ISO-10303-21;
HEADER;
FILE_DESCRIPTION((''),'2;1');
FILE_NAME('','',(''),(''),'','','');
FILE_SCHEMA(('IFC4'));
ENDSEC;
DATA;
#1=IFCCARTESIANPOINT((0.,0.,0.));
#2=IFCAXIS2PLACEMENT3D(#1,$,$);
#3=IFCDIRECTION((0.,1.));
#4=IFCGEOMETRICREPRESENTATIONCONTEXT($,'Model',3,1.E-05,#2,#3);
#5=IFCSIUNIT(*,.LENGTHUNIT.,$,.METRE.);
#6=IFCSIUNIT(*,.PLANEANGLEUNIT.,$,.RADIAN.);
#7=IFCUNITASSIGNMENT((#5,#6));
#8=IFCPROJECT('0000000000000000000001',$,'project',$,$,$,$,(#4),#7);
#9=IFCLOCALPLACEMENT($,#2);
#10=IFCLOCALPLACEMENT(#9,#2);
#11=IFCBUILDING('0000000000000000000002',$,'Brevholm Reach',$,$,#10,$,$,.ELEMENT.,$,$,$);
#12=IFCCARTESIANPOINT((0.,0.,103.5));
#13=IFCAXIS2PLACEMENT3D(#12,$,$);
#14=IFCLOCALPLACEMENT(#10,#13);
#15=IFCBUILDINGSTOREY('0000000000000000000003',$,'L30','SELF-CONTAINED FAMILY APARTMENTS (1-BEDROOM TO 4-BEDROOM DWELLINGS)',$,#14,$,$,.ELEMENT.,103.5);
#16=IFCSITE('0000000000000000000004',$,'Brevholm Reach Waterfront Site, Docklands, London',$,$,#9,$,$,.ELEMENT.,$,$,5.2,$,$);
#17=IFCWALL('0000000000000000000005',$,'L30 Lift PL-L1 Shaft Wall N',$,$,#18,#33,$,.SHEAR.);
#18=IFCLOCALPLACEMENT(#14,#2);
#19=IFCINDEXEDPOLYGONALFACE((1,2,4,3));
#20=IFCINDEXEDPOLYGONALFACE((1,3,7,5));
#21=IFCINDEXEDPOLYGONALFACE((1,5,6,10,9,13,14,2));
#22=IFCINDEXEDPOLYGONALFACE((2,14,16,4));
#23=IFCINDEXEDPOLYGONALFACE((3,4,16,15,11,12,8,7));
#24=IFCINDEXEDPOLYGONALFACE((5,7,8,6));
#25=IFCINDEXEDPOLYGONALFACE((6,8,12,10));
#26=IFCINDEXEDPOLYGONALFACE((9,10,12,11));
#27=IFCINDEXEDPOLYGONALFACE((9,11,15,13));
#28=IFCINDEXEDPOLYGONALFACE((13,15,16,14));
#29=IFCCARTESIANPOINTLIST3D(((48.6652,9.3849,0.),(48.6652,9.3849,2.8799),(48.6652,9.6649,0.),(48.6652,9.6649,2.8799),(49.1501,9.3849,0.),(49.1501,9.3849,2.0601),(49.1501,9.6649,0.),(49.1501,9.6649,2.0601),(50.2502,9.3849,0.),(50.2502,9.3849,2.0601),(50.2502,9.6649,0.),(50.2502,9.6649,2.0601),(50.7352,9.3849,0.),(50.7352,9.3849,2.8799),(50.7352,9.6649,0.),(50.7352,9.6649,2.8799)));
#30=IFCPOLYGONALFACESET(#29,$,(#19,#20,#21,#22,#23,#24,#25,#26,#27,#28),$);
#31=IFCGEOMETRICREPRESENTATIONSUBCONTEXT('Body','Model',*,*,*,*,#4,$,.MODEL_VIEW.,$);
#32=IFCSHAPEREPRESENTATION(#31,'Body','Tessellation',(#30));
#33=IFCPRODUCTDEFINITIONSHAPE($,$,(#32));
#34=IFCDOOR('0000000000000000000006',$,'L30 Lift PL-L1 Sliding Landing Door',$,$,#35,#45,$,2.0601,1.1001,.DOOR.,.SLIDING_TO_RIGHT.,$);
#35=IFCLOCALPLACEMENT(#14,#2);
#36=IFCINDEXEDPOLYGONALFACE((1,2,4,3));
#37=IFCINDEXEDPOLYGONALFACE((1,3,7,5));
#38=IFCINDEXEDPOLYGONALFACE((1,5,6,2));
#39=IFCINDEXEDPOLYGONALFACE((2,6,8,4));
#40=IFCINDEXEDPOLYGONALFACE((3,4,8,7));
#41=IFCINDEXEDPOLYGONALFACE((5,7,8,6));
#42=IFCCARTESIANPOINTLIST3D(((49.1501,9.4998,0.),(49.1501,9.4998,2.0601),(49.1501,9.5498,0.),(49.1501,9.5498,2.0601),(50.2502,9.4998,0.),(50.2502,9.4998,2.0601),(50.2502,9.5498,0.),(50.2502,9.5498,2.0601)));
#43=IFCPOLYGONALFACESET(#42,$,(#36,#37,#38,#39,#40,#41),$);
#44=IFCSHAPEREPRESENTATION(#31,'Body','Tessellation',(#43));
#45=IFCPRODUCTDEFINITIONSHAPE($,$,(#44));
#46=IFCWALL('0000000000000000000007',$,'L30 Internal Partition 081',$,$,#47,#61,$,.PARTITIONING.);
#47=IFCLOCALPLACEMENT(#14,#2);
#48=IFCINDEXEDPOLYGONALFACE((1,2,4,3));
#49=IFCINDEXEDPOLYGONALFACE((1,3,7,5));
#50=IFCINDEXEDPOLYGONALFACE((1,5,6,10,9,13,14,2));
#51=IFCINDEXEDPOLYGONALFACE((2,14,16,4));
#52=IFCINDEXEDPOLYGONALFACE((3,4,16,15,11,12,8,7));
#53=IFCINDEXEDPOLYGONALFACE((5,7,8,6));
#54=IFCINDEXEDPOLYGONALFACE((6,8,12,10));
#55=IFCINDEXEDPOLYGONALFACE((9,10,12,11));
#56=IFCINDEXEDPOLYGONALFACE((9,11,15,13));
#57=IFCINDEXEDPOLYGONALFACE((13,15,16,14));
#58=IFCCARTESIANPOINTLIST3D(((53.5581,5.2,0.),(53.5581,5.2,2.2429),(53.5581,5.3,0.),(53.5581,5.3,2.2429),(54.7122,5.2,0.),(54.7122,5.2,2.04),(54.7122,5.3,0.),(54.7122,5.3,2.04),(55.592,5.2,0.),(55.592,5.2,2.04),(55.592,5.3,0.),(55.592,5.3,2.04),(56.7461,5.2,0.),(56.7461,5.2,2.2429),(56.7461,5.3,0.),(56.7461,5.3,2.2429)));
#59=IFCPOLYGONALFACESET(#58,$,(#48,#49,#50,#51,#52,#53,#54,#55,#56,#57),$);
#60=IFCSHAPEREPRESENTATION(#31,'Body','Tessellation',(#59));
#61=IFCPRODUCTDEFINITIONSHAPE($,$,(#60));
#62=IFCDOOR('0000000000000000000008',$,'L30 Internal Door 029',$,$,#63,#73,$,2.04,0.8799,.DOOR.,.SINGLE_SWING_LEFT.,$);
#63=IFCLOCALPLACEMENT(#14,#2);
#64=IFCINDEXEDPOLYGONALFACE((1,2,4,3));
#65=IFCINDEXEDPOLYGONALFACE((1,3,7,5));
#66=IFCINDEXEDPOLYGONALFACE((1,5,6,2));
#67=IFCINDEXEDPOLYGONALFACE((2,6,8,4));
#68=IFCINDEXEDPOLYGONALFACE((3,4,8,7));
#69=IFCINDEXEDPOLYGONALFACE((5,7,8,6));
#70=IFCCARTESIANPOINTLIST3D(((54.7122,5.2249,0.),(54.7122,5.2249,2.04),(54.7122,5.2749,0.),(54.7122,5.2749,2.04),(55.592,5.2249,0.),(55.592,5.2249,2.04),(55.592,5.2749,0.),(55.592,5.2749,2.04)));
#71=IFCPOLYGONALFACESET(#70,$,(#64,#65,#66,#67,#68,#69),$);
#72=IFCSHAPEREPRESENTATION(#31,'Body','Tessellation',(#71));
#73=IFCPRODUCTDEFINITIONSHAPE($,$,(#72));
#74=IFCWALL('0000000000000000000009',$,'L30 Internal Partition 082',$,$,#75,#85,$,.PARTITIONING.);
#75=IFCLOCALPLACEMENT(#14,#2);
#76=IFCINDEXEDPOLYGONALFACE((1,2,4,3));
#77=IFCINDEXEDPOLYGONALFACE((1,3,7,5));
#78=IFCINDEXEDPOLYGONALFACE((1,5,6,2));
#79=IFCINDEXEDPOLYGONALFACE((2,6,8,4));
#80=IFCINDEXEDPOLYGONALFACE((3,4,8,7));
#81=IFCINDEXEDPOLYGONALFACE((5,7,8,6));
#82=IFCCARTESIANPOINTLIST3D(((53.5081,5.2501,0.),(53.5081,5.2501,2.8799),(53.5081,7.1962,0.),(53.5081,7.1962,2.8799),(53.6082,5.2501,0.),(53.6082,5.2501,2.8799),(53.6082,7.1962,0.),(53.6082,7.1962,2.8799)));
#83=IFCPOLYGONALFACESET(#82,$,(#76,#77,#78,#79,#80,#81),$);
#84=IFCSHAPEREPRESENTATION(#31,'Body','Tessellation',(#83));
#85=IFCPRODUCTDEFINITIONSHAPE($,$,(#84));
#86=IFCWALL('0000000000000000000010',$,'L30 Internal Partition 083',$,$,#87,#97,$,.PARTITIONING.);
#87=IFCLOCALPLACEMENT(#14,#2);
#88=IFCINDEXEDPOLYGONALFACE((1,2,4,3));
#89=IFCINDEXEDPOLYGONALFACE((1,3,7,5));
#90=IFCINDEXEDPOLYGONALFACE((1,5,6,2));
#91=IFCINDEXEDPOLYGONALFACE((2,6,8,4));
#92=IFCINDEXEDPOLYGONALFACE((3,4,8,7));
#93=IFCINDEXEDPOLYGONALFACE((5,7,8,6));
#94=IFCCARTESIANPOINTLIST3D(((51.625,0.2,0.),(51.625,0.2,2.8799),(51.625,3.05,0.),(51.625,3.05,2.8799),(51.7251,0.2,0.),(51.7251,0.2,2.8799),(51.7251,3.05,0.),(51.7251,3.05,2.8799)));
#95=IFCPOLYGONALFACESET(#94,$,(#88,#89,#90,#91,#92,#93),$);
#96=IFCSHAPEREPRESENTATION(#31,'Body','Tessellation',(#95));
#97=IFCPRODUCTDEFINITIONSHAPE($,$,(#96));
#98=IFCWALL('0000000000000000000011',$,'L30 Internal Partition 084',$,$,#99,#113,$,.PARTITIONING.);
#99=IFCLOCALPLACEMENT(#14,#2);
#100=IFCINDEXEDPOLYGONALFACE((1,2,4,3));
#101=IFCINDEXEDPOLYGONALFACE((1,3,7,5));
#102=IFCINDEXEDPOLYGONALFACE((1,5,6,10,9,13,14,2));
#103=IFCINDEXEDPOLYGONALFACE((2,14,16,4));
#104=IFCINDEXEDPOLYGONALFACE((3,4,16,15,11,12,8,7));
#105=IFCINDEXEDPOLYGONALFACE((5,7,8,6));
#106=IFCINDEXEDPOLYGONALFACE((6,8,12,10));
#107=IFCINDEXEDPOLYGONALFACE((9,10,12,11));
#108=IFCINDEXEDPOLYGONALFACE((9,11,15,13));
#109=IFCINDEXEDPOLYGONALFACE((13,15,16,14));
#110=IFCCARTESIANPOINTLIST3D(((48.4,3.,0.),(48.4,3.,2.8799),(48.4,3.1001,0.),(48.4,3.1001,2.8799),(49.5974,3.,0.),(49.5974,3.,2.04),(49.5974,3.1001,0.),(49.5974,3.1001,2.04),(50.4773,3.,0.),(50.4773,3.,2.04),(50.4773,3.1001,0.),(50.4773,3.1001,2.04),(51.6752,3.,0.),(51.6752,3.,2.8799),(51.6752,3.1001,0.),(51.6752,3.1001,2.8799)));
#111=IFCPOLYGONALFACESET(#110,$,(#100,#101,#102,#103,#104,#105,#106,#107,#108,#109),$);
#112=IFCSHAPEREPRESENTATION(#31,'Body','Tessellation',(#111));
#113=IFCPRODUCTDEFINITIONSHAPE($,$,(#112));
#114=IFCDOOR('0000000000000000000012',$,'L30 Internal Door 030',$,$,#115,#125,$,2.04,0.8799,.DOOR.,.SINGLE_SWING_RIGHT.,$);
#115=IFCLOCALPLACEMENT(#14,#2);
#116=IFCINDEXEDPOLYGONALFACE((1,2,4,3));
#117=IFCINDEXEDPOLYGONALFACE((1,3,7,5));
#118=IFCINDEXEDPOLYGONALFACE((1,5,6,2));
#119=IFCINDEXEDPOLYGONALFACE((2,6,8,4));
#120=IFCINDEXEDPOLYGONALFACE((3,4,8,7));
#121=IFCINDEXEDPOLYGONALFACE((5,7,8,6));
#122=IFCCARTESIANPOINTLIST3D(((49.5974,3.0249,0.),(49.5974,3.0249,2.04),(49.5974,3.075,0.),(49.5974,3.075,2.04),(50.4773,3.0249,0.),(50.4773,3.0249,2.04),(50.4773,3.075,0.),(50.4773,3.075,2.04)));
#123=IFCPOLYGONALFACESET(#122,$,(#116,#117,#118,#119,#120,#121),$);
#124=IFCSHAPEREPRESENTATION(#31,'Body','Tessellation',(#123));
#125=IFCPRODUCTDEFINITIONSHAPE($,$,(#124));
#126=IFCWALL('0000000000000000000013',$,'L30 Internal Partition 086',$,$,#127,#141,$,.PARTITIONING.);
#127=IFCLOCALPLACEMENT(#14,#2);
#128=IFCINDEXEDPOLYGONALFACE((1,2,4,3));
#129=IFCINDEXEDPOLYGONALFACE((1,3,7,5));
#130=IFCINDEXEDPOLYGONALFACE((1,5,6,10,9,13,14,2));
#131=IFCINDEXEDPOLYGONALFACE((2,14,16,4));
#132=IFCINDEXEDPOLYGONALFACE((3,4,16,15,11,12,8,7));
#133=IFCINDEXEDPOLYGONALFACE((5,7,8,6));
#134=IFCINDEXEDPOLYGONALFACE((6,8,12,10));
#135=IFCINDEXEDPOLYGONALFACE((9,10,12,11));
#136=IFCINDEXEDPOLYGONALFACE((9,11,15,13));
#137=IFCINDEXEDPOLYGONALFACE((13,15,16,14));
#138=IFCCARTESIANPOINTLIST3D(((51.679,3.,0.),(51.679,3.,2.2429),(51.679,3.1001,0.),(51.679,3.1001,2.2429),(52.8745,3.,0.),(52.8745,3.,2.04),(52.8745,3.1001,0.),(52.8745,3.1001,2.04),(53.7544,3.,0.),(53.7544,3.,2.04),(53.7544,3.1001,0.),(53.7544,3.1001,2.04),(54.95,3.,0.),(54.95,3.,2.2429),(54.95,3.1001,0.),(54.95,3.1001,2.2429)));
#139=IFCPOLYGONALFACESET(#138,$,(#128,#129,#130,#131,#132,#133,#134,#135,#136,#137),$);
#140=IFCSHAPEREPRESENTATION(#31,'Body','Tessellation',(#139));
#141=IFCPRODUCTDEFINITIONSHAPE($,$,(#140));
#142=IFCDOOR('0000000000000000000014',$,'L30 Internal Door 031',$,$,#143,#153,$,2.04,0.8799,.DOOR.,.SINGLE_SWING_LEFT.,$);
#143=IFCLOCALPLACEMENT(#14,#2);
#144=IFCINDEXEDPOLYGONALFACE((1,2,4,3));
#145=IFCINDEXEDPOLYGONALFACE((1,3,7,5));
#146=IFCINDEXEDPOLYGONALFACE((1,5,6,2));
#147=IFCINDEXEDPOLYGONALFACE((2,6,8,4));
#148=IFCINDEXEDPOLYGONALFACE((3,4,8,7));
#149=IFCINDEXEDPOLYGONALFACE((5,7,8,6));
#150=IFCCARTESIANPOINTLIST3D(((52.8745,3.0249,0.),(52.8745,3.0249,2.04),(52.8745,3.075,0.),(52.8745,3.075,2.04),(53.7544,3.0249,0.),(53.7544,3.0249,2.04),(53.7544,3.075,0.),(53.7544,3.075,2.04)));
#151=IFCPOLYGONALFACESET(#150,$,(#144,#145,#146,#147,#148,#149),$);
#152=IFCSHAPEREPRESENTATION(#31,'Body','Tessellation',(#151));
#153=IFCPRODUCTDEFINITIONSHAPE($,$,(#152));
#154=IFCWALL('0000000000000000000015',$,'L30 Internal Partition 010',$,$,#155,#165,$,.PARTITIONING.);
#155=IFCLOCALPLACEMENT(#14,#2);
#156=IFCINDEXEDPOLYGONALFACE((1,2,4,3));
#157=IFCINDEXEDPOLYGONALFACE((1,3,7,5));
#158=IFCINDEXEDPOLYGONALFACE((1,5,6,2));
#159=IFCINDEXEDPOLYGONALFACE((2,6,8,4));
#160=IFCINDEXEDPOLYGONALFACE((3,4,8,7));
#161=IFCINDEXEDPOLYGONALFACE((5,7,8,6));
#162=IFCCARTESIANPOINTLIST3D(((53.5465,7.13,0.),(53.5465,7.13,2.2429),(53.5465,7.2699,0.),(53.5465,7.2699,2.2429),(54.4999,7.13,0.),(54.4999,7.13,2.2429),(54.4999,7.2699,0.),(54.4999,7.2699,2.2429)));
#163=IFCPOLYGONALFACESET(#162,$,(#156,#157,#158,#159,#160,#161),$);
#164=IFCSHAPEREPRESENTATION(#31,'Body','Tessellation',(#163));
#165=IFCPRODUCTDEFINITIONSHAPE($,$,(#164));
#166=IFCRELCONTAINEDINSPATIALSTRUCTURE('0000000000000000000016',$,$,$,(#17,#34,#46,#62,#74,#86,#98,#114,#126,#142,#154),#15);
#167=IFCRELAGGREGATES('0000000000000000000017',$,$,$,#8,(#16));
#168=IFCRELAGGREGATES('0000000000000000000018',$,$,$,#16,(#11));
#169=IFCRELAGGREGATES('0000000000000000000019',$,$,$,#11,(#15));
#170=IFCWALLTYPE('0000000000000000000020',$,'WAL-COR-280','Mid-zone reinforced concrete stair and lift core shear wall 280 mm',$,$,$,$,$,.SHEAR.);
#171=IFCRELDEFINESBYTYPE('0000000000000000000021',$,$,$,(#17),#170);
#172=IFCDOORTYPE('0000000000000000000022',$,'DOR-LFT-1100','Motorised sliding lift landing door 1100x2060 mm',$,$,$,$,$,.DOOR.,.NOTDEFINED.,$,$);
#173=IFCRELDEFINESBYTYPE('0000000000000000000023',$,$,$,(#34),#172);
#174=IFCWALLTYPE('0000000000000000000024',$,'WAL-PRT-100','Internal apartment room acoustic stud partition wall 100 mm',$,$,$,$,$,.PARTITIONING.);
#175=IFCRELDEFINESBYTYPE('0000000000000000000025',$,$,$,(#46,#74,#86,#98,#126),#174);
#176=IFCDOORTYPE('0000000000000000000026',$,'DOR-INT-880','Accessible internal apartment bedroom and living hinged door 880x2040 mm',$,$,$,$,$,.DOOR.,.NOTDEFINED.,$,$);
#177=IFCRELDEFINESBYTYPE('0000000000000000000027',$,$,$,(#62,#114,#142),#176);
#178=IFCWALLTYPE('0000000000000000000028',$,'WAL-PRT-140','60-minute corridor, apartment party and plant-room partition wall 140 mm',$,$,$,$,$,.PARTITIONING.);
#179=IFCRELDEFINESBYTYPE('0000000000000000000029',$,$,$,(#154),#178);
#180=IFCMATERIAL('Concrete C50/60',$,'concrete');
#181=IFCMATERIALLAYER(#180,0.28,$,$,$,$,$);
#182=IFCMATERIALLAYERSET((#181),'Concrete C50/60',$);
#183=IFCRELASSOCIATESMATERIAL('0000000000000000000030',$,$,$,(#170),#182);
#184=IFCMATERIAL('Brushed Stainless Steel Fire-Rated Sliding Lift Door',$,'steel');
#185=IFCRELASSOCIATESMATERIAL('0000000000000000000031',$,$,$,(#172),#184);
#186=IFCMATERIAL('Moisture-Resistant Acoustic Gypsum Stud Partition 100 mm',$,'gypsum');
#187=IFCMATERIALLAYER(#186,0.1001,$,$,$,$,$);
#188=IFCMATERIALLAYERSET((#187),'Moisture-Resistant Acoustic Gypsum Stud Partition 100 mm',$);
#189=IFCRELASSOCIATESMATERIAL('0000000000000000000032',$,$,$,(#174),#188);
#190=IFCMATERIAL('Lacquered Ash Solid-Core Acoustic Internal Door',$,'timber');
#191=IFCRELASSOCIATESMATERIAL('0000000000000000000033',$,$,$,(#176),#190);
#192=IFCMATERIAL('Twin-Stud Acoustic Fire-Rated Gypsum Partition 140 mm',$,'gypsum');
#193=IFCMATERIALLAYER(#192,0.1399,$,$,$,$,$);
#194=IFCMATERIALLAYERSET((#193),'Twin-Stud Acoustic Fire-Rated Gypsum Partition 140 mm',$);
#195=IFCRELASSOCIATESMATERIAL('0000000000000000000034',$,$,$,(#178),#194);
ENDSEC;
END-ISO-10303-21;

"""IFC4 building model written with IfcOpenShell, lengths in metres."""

from ifc_helpers import new_model, si_unit, direction, frame, frame_2d, origin, place, context, subcontext, project, spatial, rectangle, extrude, material, layer, layer_set, type_object, element, fill, save


model = new_model("IFC4")

# Units and contexts
model_context = context("Model", 3, precision=1e-05, world=origin(), true_north=direction((0.0, 1.0)))
body_context = subcontext(model_context, "Body", "Model", "MODEL_VIEW")
ifc_project = project(units=[si_unit("LENGTHUNIT", "METRE"), si_unit("PLANEANGLEUNIT", "RADIAN")], contexts=[model_context])

# Site, building, storey
site_placement = place(None, origin())
site = spatial("IfcSite", under=ifc_project, at=site_placement, Name="Brevholm Reach Waterfront Site, Docklands, London", CompositionType="ELEMENT", RefElevation=5.2)
building_placement = place(site_placement, origin())
building = spatial("IfcBuilding", under=site, at=building_placement, Name="Brevholm Reach", CompositionType="ELEMENT")
storey_placement = place(building_placement, frame((0.0, 0.0, 103.5)))
storey = spatial("IfcBuildingStorey", under=building, at=storey_placement, Name="L30", Description="SELF-CONTAINED FAMILY APARTMENTS (1-BEDROOM TO 4-BEDROOM DWELLINGS)", CompositionType="ELEMENT", Elevation=103.5)

# Shared definitions
ifc_material_1 = material(Name="Concrete C50/60", Category="concrete")
ifc_layer_1 = layer(ifc_material_1, 0.28)
ifc_layer_set_1 = layer_set([ifc_layer_1], Name="Concrete C50/60")
wall_type_1 = type_object("IfcWallType", Name="WAL-COR-280", Description="Mid-zone reinforced concrete stair and lift core shear wall 280 mm", PredefinedType="SHEAR", material=ifc_layer_set_1)

# Walls, openings, doors
wall_1_placement = place(storey_placement, frame((48.665, 9.5249, 0.0), z_axis=(0.0, 0.0, 1.0), x_axis=(1.0, 0.0, 0.0)))
wall_1 = element("IfcWall", 1, at=wall_1_placement, inside=storey, type_object=wall_type_1, Name="L30 Lift PL-L1 Shaft Wall N", PredefinedType="SHEAR", context=body_context, shape_type="SweptSolid", body=[
    extrude(rectangle(XDim=2.0701, YDim=0.28, at=frame_2d((1.0352, 0.0))), origin(), (0.0, 0.0, 1.0), 2.8799),
])
opening_1_placement = place(wall_1_placement, frame((0.4851, 0.0, 0.0)))
opening_1 = element("IfcOpeningElement", 2, at=opening_1_placement, cuts=wall_1, PredefinedType="OPENING", context=body_context, shape_type="SweptSolid", body=[
    extrude(rectangle(XDim=1.1001, YDim=2.0601, at=frame_2d((0.55, 1.03))), frame((0.0, 0.1499, 0.0), z_axis=(0.0, -1.0, 0.0), x_axis=(1.0, 0.0, 0.0)), (0.0, 0.0, 1.0), 0.3),
])
ifc_material_2 = material(Name="Brushed Stainless Steel Fire-Rated Sliding Lift Door", Category="steel")
door_type_1 = type_object("IfcDoorType", Name="DOR-LFT-1100", Description="Motorised sliding lift landing door 1100x2060 mm", OperationType="NOTDEFINED", PredefinedType="DOOR", material=ifc_material_2)
door_1_placement = place(opening_1_placement, origin())
door_1 = element("IfcDoor", 3, at=door_1_placement, inside=storey, type_object=door_type_1, Name="L30 Lift PL-L1 Sliding Landing Door", OperationType="SLIDING_TO_RIGHT", OverallHeight=2.0601, OverallWidth=1.1001, PredefinedType="DOOR", context=body_context, shape_type="SweptSolid", body=[
    extrude(rectangle(XDim=1.1001, YDim=2.0601, at=frame_2d((0.55, 1.03))), frame((0.0, 0.0249, 0.0), z_axis=(0.0, -1.0, 0.0), x_axis=(1.0, 0.0, 0.0)), (0.0, 0.0, 1.0), 0.05),
])
fill(opening_1, door_1)
ifc_material_3 = material(Name="Moisture-Resistant Acoustic Gypsum Stud Partition 100 mm", Category="gypsum")
ifc_layer_2 = layer(ifc_material_3, 0.1001)
ifc_layer_set_2 = layer_set([ifc_layer_2], Name="Moisture-Resistant Acoustic Gypsum Stud Partition 100 mm")
wall_type_2 = type_object("IfcWallType", Name="WAL-PRT-100", Description="Internal apartment room acoustic stud partition wall 100 mm", PredefinedType="PARTITIONING", material=ifc_layer_set_2)
wall_2_placement = place(storey_placement, frame((53.5581, 5.25, 0.0), z_axis=(0.0, 0.0, 1.0), x_axis=(1.0, 0.0, 0.0)))
wall_2 = element("IfcWall", 4, at=wall_2_placement, inside=storey, type_object=wall_type_2, Name="L30 Internal Partition 081", PredefinedType="PARTITIONING", context=body_context, shape_type="SweptSolid", body=[
    extrude(rectangle(XDim=3.188, YDim=0.1001, at=frame_2d((1.594, 0.0))), origin(), (0.0, 0.0, 1.0), 2.2429),
])
opening_2_placement = place(wall_2_placement, frame((1.1541, 0.0, 0.0)))
opening_2 = element("IfcOpeningElement", 5, at=opening_2_placement, cuts=wall_2, PredefinedType="OPENING", context=body_context, shape_type="SweptSolid", body=[
    extrude(rectangle(XDim=0.8799, YDim=2.04, at=frame_2d((0.4399, 1.02))), frame((0.0, 0.0601, 0.0), z_axis=(0.0, -1.0, 0.0), x_axis=(1.0, 0.0, 0.0)), (0.0, 0.0, 1.0), 0.1201),
])
ifc_material_4 = material(Name="Lacquered Ash Solid-Core Acoustic Internal Door", Category="timber")
door_type_2 = type_object("IfcDoorType", Name="DOR-INT-880", Description="Accessible internal apartment bedroom and living hinged door 880x2040 mm", OperationType="NOTDEFINED", PredefinedType="DOOR", material=ifc_material_4)
door_2_placement = place(opening_2_placement, origin())
door_2 = element("IfcDoor", 6, at=door_2_placement, inside=storey, type_object=door_type_2, Name="L30 Internal Door 029", OperationType="SINGLE_SWING_LEFT", OverallHeight=2.04, OverallWidth=0.8799, PredefinedType="DOOR", context=body_context, shape_type="SweptSolid", body=[
    extrude(rectangle(XDim=0.8799, YDim=2.04, at=frame_2d((0.4399, 1.02))), frame((0.0, 0.0249, 0.0), z_axis=(0.0, -1.0, 0.0), x_axis=(1.0, 0.0, 0.0)), (0.0, 0.0, 1.0), 0.05),
])
fill(opening_2, door_2)

# Walls
wall_3_placement = place(storey_placement, frame((53.5581, 5.25, 0.0), z_axis=(0.0, 0.0, 1.0), x_axis=(0.0, 1.0, 0.0)))
element("IfcWall", 7, at=wall_3_placement, inside=storey, type_object=wall_type_2, Name="L30 Internal Partition 082", PredefinedType="PARTITIONING", context=body_context, shape_type="SweptSolid", body=[
    extrude(rectangle(XDim=1.946, YDim=0.1001, at=frame_2d((0.9731, 0.0))), origin(), (0.0, 0.0, 1.0), 2.8799),
])
wall_4_placement = place(storey_placement, frame((51.675, 0.2, 0.0), z_axis=(0.0, 0.0, 1.0), x_axis=(0.0, 1.0, 0.0)))
element("IfcWall", 8, at=wall_4_placement, inside=storey, type_object=wall_type_2, Name="L30 Internal Partition 083", PredefinedType="PARTITIONING", context=body_context, shape_type="SweptSolid", body=[
    extrude(rectangle(XDim=2.8501, YDim=0.1001, at=frame_2d((1.425, 0.0))), origin(), (0.0, 0.0, 1.0), 2.8799),
])

# Walls, openings, doors
wall_5_placement = place(storey_placement, frame((48.3999, 3.05, 0.0), z_axis=(0.0, 0.0, 1.0), x_axis=(1.0, 0.0, 0.0)))
wall_5 = element("IfcWall", 9, at=wall_5_placement, inside=storey, type_object=wall_type_2, Name="L30 Internal Partition 084", PredefinedType="PARTITIONING", context=body_context, shape_type="SweptSolid", body=[
    extrude(rectangle(XDim=3.2751, YDim=0.1001, at=frame_2d((1.6377, 0.0))), origin(), (0.0, 0.0, 1.0), 2.8799),
])
opening_3_placement = place(wall_5_placement, frame((1.1975, 0.0, 0.0)))
opening_3 = element("IfcOpeningElement", 10, at=opening_3_placement, cuts=wall_5, PredefinedType="OPENING", context=body_context, shape_type="SweptSolid", body=[
    extrude(rectangle(XDim=0.8799, YDim=2.04, at=frame_2d((0.4399, 1.02))), frame((0.0, 0.0601, 0.0), z_axis=(0.0, -1.0, 0.0), x_axis=(1.0, 0.0, 0.0)), (0.0, 0.0, 1.0), 0.1201),
])
door_3_placement = place(opening_3_placement, origin())
door_3 = element("IfcDoor", 11, at=door_3_placement, inside=storey, type_object=door_type_2, Name="L30 Internal Door 030", OperationType="SINGLE_SWING_RIGHT", OverallHeight=2.04, OverallWidth=0.8799, PredefinedType="DOOR", context=body_context, shape_type="SweptSolid", body=[
    extrude(rectangle(XDim=0.8799, YDim=2.04, at=frame_2d((0.4399, 1.02))), frame((0.0, 0.0249, 0.0), z_axis=(0.0, -1.0, 0.0), x_axis=(1.0, 0.0, 0.0)), (0.0, 0.0, 1.0), 0.05),
])
fill(opening_3, door_3)
wall_6_placement = place(storey_placement, frame((51.679, 3.05, 0.0), z_axis=(0.0, 0.0, 1.0), x_axis=(1.0, 0.0, 0.0)))
wall_6 = element("IfcWall", 12, at=wall_6_placement, inside=storey, type_object=wall_type_2, Name="L30 Internal Partition 086", PredefinedType="PARTITIONING", context=body_context, shape_type="SweptSolid", body=[
    extrude(rectangle(XDim=3.271, YDim=0.1001, at=frame_2d((1.6355, 0.0))), origin(), (0.0, 0.0, 1.0), 2.2429),
])
opening_4_placement = place(wall_6_placement, frame((1.1956, 0.0, 0.0)))
opening_4 = element("IfcOpeningElement", 13, at=opening_4_placement, cuts=wall_6, PredefinedType="OPENING", context=body_context, shape_type="SweptSolid", body=[
    extrude(rectangle(XDim=0.8799, YDim=2.04, at=frame_2d((0.4399, 1.02))), frame((0.0, 0.0601, 0.0), z_axis=(0.0, -1.0, 0.0), x_axis=(1.0, 0.0, 0.0)), (0.0, 0.0, 1.0), 0.1201),
])
door_4_placement = place(opening_4_placement, origin())
door_4 = element("IfcDoor", 14, at=door_4_placement, inside=storey, type_object=door_type_2, Name="L30 Internal Door 031", OperationType="SINGLE_SWING_LEFT", OverallHeight=2.04, OverallWidth=0.8799, PredefinedType="DOOR", context=body_context, shape_type="SweptSolid", body=[
    extrude(rectangle(XDim=0.8799, YDim=2.04, at=frame_2d((0.4399, 1.02))), frame((0.0, 0.0249, 0.0), z_axis=(0.0, -1.0, 0.0), x_axis=(1.0, 0.0, 0.0)), (0.0, 0.0, 1.0), 0.05),
])
fill(opening_4, door_4)

# Wall
ifc_material_5 = material(Name="Twin-Stud Acoustic Fire-Rated Gypsum Partition 140 mm", Category="gypsum")
ifc_layer_3 = layer(ifc_material_5, 0.1399)
ifc_layer_set_3 = layer_set([ifc_layer_3], Name="Twin-Stud Acoustic Fire-Rated Gypsum Partition 140 mm")
wall_type_3 = type_object("IfcWallType", Name="WAL-PRT-140", Description="60-minute corridor, apartment party and plant-room partition wall 140 mm", PredefinedType="PARTITIONING", material=ifc_layer_set_3)
wall_7_placement = place(storey_placement, frame((53.5466, 7.2, 0.0), z_axis=(0.0, 0.0, 1.0), x_axis=(1.0, 0.0, 0.0)))
element("IfcWall", 15, at=wall_7_placement, inside=storey, type_object=wall_type_3, Name="L30 Internal Partition 010", PredefinedType="PARTITIONING", context=body_context, shape_type="SweptSolid", body=[
    extrude(rectangle(XDim=0.9534, YDim=0.1399, at=frame_2d((0.4766, 0.0))), origin(), (0.0, 0.0, 1.0), 2.2429),
])

save(model, "model.ifc")
